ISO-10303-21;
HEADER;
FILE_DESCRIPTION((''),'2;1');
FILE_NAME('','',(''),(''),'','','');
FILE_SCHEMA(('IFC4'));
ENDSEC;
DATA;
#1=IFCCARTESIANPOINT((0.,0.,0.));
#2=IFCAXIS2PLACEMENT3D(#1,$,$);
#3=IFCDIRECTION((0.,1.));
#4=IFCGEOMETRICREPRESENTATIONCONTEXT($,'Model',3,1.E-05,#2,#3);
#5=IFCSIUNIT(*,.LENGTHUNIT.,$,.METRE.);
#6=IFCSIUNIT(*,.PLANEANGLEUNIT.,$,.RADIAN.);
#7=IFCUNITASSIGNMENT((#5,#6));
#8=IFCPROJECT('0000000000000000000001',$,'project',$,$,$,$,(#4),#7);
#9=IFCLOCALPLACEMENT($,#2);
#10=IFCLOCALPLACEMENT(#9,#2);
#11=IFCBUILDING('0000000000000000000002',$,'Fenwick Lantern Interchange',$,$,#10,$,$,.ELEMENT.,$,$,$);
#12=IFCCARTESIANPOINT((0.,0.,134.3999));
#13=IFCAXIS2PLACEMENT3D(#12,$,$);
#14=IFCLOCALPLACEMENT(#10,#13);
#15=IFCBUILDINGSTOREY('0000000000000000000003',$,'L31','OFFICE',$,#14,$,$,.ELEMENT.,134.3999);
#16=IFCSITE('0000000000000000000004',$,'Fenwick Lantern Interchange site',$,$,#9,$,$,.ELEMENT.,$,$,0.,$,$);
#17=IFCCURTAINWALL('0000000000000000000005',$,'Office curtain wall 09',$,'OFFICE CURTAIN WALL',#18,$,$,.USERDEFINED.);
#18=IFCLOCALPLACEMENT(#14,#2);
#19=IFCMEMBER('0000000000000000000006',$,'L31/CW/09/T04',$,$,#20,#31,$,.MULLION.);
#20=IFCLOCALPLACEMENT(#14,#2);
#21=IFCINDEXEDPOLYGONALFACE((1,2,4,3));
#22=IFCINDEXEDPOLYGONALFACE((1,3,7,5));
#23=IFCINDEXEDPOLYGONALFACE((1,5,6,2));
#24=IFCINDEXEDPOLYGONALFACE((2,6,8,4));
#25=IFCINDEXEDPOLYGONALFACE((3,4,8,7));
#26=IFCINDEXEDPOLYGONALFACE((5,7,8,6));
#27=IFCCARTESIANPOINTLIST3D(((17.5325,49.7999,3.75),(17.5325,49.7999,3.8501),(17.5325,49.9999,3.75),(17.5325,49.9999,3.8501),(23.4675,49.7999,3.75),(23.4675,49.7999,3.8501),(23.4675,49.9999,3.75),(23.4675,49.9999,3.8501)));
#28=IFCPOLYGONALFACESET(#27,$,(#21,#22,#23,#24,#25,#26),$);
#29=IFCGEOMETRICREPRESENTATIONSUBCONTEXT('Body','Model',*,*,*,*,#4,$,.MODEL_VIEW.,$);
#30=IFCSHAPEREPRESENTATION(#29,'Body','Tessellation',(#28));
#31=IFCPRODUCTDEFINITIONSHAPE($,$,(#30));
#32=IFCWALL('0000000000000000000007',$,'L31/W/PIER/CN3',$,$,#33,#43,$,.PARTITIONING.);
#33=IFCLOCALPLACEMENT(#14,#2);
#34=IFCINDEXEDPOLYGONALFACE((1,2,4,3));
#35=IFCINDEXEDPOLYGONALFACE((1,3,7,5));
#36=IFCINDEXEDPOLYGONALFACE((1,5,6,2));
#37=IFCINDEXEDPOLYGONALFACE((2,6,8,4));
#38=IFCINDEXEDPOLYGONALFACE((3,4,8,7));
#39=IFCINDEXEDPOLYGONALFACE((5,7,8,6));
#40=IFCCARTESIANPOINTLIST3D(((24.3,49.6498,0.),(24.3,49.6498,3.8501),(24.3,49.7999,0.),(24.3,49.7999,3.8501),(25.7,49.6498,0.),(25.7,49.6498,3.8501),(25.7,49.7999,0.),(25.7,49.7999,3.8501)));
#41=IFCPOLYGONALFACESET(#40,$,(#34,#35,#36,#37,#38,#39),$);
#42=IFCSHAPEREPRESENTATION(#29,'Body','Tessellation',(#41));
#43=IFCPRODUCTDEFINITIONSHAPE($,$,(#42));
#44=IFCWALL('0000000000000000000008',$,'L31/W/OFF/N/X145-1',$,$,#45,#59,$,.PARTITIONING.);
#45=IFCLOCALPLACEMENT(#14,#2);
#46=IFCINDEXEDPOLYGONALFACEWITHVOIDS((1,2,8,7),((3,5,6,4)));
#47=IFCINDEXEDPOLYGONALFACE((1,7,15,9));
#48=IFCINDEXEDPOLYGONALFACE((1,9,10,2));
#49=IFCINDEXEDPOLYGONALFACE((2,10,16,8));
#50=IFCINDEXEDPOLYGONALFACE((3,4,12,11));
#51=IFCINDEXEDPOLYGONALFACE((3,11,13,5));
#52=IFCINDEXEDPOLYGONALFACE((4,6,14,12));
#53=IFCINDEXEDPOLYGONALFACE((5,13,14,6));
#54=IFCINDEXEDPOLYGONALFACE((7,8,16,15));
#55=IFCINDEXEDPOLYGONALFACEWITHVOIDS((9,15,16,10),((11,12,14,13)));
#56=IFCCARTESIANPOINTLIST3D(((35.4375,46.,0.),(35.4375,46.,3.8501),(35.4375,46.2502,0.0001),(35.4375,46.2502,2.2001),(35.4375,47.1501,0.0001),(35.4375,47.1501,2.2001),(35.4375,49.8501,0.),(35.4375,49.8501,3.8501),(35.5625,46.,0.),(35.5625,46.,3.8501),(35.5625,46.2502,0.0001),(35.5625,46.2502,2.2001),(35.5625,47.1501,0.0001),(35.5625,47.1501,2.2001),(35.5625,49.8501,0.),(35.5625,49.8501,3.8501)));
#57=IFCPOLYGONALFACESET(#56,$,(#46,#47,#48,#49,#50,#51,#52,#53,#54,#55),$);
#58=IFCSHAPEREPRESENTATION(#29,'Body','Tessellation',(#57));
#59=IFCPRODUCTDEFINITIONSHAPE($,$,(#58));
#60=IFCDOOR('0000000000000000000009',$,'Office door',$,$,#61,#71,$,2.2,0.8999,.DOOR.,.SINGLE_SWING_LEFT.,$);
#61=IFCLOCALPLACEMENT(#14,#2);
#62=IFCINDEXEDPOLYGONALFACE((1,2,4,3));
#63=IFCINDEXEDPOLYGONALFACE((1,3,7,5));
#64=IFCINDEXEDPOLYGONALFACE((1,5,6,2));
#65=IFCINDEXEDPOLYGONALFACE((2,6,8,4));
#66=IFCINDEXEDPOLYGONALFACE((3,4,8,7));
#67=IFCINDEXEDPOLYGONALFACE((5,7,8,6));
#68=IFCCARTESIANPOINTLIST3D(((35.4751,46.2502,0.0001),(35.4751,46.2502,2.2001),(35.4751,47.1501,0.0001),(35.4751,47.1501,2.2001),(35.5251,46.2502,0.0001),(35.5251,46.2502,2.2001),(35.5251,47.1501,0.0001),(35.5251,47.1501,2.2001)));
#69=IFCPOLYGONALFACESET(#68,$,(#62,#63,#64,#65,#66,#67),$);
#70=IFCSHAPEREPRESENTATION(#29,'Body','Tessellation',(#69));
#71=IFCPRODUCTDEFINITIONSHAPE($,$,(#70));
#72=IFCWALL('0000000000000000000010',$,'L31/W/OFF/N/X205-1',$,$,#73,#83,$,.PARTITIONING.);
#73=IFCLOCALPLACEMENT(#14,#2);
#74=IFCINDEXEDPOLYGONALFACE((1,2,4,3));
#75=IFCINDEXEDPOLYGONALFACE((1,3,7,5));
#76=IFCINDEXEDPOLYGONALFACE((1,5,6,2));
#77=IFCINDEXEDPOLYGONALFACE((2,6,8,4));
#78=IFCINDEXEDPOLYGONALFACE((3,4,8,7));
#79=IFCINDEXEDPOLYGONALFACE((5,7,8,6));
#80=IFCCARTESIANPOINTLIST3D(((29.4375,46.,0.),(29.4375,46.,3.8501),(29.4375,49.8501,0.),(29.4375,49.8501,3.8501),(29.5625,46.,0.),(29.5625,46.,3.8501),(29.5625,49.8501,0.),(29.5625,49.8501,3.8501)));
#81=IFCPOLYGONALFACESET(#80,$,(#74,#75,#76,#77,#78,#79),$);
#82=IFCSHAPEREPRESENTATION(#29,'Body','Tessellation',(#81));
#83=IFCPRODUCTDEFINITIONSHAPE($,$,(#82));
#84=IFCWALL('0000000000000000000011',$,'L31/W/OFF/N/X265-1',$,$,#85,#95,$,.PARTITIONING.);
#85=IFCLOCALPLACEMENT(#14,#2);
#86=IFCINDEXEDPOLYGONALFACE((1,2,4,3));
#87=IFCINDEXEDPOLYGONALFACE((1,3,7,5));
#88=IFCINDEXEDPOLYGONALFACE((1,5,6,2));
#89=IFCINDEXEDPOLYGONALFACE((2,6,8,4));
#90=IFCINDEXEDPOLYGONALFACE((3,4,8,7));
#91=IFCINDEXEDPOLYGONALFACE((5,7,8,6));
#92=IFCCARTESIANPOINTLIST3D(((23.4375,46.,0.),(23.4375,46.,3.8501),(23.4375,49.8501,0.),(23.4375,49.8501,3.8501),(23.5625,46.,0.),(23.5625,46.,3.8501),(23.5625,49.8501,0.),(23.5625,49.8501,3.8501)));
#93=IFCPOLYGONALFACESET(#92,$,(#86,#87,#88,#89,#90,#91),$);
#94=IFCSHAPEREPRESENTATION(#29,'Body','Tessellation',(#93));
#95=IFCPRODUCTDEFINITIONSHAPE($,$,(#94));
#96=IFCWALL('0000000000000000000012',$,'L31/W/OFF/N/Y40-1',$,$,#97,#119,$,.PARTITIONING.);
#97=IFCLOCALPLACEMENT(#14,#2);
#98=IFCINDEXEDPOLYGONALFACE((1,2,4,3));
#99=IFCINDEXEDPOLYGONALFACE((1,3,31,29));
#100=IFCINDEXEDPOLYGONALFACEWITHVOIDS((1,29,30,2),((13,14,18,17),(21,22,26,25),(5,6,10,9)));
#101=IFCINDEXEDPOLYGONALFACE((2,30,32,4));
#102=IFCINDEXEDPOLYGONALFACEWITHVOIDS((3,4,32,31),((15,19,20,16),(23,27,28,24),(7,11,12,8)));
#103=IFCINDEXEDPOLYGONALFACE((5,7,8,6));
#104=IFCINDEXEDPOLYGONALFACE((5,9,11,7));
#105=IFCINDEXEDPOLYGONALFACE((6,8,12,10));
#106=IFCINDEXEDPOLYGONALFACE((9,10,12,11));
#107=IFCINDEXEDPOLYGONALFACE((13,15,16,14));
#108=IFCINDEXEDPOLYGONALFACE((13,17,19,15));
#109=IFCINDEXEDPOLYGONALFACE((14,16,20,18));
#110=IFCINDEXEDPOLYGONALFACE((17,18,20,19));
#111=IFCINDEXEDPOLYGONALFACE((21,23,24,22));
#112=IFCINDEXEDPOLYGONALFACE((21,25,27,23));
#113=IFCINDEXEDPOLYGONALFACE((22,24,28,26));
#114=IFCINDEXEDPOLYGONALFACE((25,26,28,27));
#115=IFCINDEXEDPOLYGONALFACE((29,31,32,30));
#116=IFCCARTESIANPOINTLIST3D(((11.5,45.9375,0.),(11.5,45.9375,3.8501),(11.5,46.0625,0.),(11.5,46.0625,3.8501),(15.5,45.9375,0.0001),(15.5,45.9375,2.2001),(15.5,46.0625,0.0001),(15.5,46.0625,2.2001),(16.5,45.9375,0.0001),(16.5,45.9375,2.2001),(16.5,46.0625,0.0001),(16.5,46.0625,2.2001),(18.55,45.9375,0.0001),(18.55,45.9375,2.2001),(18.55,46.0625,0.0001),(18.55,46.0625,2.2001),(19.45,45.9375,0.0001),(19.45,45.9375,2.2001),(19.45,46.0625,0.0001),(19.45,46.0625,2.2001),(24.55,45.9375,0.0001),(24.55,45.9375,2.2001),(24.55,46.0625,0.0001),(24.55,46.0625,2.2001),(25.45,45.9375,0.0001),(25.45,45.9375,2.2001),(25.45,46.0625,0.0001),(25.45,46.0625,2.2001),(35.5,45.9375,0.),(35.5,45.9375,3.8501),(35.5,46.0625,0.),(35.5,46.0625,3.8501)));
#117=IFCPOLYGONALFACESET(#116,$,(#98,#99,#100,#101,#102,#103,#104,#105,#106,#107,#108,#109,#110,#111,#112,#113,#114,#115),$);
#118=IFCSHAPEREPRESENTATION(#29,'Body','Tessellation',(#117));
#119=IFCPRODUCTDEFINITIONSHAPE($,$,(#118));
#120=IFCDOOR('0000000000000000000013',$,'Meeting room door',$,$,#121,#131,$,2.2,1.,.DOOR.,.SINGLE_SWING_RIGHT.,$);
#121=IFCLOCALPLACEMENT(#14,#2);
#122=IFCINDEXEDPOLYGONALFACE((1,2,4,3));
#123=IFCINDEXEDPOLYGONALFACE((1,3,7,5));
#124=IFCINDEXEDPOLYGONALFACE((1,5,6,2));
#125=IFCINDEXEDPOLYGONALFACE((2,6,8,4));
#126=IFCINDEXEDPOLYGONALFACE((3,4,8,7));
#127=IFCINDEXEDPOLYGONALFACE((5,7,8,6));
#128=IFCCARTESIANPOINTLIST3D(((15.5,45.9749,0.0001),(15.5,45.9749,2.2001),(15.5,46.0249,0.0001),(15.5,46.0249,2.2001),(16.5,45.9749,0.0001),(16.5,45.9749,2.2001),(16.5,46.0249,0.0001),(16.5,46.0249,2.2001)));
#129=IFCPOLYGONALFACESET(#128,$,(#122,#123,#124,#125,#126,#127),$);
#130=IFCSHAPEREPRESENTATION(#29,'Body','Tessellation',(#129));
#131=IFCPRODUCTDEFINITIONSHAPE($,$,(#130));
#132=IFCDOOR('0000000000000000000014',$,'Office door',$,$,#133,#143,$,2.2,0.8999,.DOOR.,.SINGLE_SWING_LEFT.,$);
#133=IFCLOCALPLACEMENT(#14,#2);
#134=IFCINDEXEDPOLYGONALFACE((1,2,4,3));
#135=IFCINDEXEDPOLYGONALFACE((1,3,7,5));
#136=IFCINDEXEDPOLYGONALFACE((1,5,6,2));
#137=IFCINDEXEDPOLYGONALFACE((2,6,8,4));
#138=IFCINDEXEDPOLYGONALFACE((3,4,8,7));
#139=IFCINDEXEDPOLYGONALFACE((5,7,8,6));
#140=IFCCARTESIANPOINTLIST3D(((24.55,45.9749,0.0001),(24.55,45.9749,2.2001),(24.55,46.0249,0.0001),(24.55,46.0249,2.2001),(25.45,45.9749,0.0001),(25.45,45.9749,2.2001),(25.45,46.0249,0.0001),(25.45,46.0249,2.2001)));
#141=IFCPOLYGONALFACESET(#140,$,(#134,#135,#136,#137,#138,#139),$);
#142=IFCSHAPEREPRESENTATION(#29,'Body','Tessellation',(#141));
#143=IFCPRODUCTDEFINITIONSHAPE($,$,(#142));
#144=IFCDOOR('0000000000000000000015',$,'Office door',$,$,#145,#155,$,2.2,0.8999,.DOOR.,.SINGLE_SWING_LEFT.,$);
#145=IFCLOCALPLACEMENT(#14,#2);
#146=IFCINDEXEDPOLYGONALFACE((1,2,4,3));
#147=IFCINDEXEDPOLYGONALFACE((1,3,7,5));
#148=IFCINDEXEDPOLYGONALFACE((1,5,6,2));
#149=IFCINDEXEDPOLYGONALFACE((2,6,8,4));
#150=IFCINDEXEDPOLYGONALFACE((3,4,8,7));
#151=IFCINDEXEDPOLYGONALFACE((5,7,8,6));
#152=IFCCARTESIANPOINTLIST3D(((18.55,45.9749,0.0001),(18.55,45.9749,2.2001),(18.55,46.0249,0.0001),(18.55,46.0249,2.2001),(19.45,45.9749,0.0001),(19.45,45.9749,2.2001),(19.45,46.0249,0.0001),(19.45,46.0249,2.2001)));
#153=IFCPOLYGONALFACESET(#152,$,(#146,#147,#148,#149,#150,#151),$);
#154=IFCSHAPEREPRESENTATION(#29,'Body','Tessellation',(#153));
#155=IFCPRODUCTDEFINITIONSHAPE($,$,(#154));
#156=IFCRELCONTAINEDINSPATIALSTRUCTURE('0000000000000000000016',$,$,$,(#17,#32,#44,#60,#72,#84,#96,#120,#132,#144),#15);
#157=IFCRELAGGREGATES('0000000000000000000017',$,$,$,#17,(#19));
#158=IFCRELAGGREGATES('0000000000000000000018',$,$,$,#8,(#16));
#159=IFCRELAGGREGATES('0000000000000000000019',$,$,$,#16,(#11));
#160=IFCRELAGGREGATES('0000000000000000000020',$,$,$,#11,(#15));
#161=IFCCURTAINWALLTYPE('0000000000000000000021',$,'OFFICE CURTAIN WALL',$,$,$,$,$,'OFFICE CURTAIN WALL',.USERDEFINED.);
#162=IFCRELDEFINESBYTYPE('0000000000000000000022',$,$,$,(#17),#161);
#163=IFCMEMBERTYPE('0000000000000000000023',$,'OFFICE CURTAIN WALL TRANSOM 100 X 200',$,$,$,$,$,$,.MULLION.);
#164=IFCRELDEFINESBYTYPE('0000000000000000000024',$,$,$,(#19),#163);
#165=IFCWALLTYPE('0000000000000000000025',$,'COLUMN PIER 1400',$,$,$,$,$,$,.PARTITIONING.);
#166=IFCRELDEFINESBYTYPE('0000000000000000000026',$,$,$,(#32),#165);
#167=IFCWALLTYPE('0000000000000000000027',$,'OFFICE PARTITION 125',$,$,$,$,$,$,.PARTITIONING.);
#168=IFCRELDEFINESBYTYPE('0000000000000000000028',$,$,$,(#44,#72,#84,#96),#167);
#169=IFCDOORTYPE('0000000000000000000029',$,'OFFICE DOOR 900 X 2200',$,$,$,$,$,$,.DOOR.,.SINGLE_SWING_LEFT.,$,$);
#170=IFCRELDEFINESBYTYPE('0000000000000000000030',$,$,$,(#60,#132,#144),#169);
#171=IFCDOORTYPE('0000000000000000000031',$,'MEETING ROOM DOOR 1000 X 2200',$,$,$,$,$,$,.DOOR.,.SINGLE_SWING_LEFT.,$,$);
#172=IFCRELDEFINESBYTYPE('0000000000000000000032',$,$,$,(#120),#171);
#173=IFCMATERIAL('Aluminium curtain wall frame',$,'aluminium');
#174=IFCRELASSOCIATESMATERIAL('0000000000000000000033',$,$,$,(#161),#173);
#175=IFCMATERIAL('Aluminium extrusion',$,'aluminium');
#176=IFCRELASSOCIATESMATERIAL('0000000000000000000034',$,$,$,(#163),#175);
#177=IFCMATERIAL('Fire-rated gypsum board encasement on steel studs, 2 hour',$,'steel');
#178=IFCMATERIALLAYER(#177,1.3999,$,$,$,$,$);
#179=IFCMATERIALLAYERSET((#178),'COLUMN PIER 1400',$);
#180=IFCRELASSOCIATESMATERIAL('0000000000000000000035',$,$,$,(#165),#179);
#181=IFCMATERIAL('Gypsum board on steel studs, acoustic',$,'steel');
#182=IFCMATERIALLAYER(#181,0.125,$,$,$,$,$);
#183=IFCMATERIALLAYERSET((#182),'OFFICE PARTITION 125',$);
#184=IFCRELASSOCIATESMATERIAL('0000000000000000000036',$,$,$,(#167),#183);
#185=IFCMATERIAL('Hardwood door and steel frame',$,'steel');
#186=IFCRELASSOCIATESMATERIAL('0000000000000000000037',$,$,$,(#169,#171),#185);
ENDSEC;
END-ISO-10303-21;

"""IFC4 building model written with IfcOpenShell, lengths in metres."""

from ifc_helpers import new_model, si_unit, direction, frame, frame_2d, origin, origin_2d, place, context, subcontext, project, spatial, rectangle, extrude, material, layer, layer_set, material_profile, profile_set, type_object, element, fill, aggregate, save


model = new_model("IFC4")

# Units and contexts
model_context = context("Model", 3, precision=1e-05, world=origin(), true_north=direction((0.0, 1.0)))
body_context = subcontext(model_context, "Body", "Model", "MODEL_VIEW")
ifc_project = project(units=[si_unit("LENGTHUNIT", "METRE"), si_unit("PLANEANGLEUNIT", "RADIAN")], contexts=[model_context])

# Site, building, storey
site_placement = place(None, origin())
site = spatial("IfcSite", under=ifc_project, at=site_placement, Name="Fenwick Lantern Interchange site", CompositionType="ELEMENT", RefElevation=0.0)
building_placement = place(site_placement, origin())
building = spatial("IfcBuilding", under=site, at=building_placement, Name="Fenwick Lantern Interchange", CompositionType="ELEMENT")
storey_placement = place(building_placement, frame((0.0, 0.0, 134.3999)))
storey = spatial("IfcBuildingStorey", under=building, at=storey_placement, Name="L31", Description="OFFICE", CompositionType="ELEMENT", Elevation=134.3999)

# Curtain wall, member
ifc_material_1 = material(Name="Aluminium curtain wall frame", Category="aluminium")
curtain_wall_type = type_object("IfcCurtainWallType", Name="OFFICE CURTAIN WALL", ElementType="OFFICE CURTAIN WALL", PredefinedType="USERDEFINED", material=ifc_material_1)
curtain_wall_placement = place(storey_placement, origin())
curtain_wall = element("IfcCurtainWall", 1, at=curtain_wall_placement, inside=storey, type_object=curtain_wall_type, Name="Office curtain wall 09", ObjectType="OFFICE CURTAIN WALL", PredefinedType="USERDEFINED")
ifc_material_2 = material(Name="Aluminium extrusion", Category="aluminium")
ifc_material_profile_1 = material_profile(ifc_material_2, rectangle(XDim=0.2, YDim=0.1001, at=origin_2d()), Name="OFFICE CURTAIN WALL TRANSOM 100 X 200")
ifc_profile_set_1 = profile_set([ifc_material_profile_1], Name="Aluminium extrusion")
member_type_1 = type_object("IfcMemberType", Name="OFFICE CURTAIN WALL TRANSOM 100 X 200", PredefinedType="MULLION", material=ifc_profile_set_1)
member_1_placement = place(storey_placement, frame((23.4675, 49.8999, 3.8), z_axis=(-1.0, 0.0, 0.0), x_axis=(0.0, -1.0, 0.0)))
member_1 = element("IfcMember", 2, at=member_1_placement, type_object=member_type_1, Name="L31/CW/09/T04", PredefinedType="MULLION", context=body_context, shape_type="SweptSolid", body=[
    extrude(rectangle(XDim=0.2, YDim=0.1001, at=origin_2d()), origin(), (0.0, 0.0, 1.0), 5.9351),
])
aggregate(curtain_wall, [member_1])

# Wall
ifc_material_3 = material(Name="Fire-rated gypsum board encasement on steel studs, 2 hour", Category="steel")
ifc_layer_1 = layer(ifc_material_3, 1.3999)
ifc_layer_set_1 = layer_set([ifc_layer_1], Name="COLUMN PIER 1400")
wall_type_1 = type_object("IfcWallType", Name="COLUMN PIER 1400", PredefinedType="PARTITIONING", material=ifc_layer_set_1)
wall_1_placement = place(storey_placement, frame((25.0, 49.8, 0.0), z_axis=(0.0, 0.0, 1.0), x_axis=(0.0, -1.0, 0.0)))
element("IfcWall", 3, at=wall_1_placement, inside=storey, type_object=wall_type_1, Name="L31/W/PIER/CN3", PredefinedType="PARTITIONING", context=body_context, shape_type="SweptSolid", body=[
    extrude(rectangle(XDim=0.1501, YDim=1.3999, at=frame_2d((0.0752, 0.0))), origin(), (0.0, 0.0, 1.0), 3.8501),
])

# Wall, opening, door
ifc_material_4 = material(Name="Gypsum board on steel studs, acoustic", Category="steel")
ifc_layer_2 = layer(ifc_material_4, 0.125)
ifc_layer_set_2 = layer_set([ifc_layer_2], Name="OFFICE PARTITION 125")
wall_type_2 = type_object("IfcWallType", Name="OFFICE PARTITION 125", PredefinedType="PARTITIONING", material=ifc_layer_set_2)
wall_2_placement = place(storey_placement, frame((35.5, 49.8501, 0.0), z_axis=(0.0, 0.0, 1.0), x_axis=(0.0, -1.0, 0.0)))
wall_2 = element("IfcWall", 4, at=wall_2_placement, inside=storey, type_object=wall_type_2, Name="L31/W/OFF/N/X145-1", PredefinedType="PARTITIONING", context=body_context, shape_type="SweptSolid", body=[
    extrude(rectangle(XDim=3.8501, YDim=0.125, at=frame_2d((1.925, 0.0))), origin(), (0.0, 0.0, 1.0), 3.8501),
])
opening_1_placement = place(wall_2_placement, frame((2.7, 0.0, 0.0)))
opening_1 = element("IfcOpeningElement", 5, at=opening_1_placement, cuts=wall_2, PredefinedType="OPENING", context=body_context, shape_type="SweptSolid", body=[
    extrude(rectangle(XDim=0.8999, YDim=2.2, at=frame_2d((0.45, 1.1001))), frame((0.0, 0.0725, 0.0), z_axis=(0.0, -1.0, 0.0), x_axis=(1.0, 0.0, 0.0)), (0.0, 0.0, 1.0), 0.145),
])
ifc_material_5 = material(Name="Hardwood door and steel frame", Category="steel")
door_type_1 = type_object("IfcDoorType", Name="OFFICE DOOR 900 X 2200", OperationType="SINGLE_SWING_LEFT", PredefinedType="DOOR", material=ifc_material_5)
door_1_placement = place(opening_1_placement, frame((0.8999, 0.0, 0.0), z_axis=(0.0, 0.0, 1.0), x_axis=(-1.0, 0.0, 0.0)))
door_1 = element("IfcDoor", 6, at=door_1_placement, inside=storey, type_object=door_type_1, Name="Office door", OperationType="SINGLE_SWING_LEFT", OverallHeight=2.2, OverallWidth=0.8999, PredefinedType="DOOR", context=body_context, shape_type="SweptSolid", body=[
    extrude(rectangle(XDim=0.8999, YDim=2.2, at=frame_2d((0.45, 1.1001))), frame((0.0, 0.0249, 0.0), z_axis=(0.0, -1.0, 0.0), x_axis=(1.0, 0.0, 0.0)), (0.0, 0.0, 1.0), 0.05),
])
fill(opening_1, door_1)

# Walls
for number, where, z_axis, x_axis, name in (
    (7, (29.5, 49.8501, 0.0), (0.0, 0.0, 1.0), (0.0, -1.0, 0.0), "L31/W/OFF/N/X205-1"),
    (8, (23.5, 49.8501, 0.0), (0.0, 0.0, 1.0), (0.0, -1.0, 0.0), "L31/W/OFF/N/X265-1"),
):
    element("IfcWall", number, at=place(storey_placement, frame(where, z_axis=z_axis, x_axis=x_axis)), inside=storey, type_object=wall_type_2, Name=name, PredefinedType="PARTITIONING", context=body_context, shape_type="SweptSolid", body=[
        extrude(rectangle(XDim=3.8501, YDim=0.125, at=frame_2d((1.925, 0.0))), origin(), (0.0, 0.0, 1.0), 3.8501),
    ])

# Wall, openings, doors
wall_3_placement = place(storey_placement, frame((35.5, 46.0, 0.0), z_axis=(0.0, 0.0, 1.0), x_axis=(-1.0, 0.0, 0.0)))
wall_3 = element("IfcWall", 9, at=wall_3_placement, inside=storey, type_object=wall_type_2, Name="L31/W/OFF/N/Y40-1", PredefinedType="PARTITIONING", context=body_context, shape_type="SweptSolid", body=[
    extrude(rectangle(XDim=24.0, YDim=0.125, at=frame_2d((12.0, 0.0))), origin(), (0.0, 0.0, 1.0), 3.8501),
])
opening_2_placement = place(wall_3_placement, frame((10.05, 0.0, 0.0)))
opening_2 = element("IfcOpeningElement", 10, at=opening_2_placement, cuts=wall_3, PredefinedType="OPENING", context=body_context, shape_type="SweptSolid", body=[
    extrude(rectangle(XDim=0.8999, YDim=2.2, at=frame_2d((0.45, 1.1001))), frame((0.0, 0.0725, 0.0), z_axis=(0.0, -1.0, 0.0), x_axis=(1.0, 0.0, 0.0)), (0.0, 0.0, 1.0), 0.145),
])
opening_3_placement = place(wall_3_placement, frame((16.05, 0.0, 0.0)))
opening_3 = element("IfcOpeningElement", 11, at=opening_3_placement, cuts=wall_3, PredefinedType="OPENING", context=body_context, shape_type="SweptSolid", body=[
    extrude(rectangle(XDim=0.8999, YDim=2.2, at=frame_2d((0.45, 1.1001))), frame((0.0, 0.0725, 0.0), z_axis=(0.0, -1.0, 0.0), x_axis=(1.0, 0.0, 0.0)), (0.0, 0.0, 1.0), 0.145),
])
opening_4_placement = place(wall_3_placement, frame((19.0, 0.0, 0.0)))
opening_4 = element("IfcOpeningElement", 12, at=opening_4_placement, cuts=wall_3, PredefinedType="OPENING", context=body_context, shape_type="SweptSolid", body=[
    extrude(rectangle(XDim=1.0, YDim=2.2, at=frame_2d((0.5, 1.1001))), frame((0.0, 0.0725, 0.0), z_axis=(0.0, -1.0, 0.0), x_axis=(1.0, 0.0, 0.0)), (0.0, 0.0, 1.0), 0.145),
])
door_type_2 = type_object("IfcDoorType", Name="MEETING ROOM DOOR 1000 X 2200", OperationType="SINGLE_SWING_LEFT", PredefinedType="DOOR", material=ifc_material_5)
door_2_placement = place(opening_4_placement, frame((1.0, 0.0, 0.0), z_axis=(0.0, 0.0, 1.0), x_axis=(-1.0, 0.0, 0.0)))
door_2 = element("IfcDoor", 13, at=door_2_placement, inside=storey, type_object=door_type_2, Name="Meeting room door", OperationType="SINGLE_SWING_RIGHT", OverallHeight=2.2, OverallWidth=1.0, PredefinedType="DOOR", context=body_context, shape_type="SweptSolid", body=[
    extrude(rectangle(XDim=1.0, YDim=2.2, at=frame_2d((0.5, 1.1001))), frame((0.0, 0.0249, 0.0), z_axis=(0.0, -1.0, 0.0), x_axis=(1.0, 0.0, 0.0)), (0.0, 0.0, 1.0), 0.05),
])
fill(opening_4, door_2)
door_3_placement = place(opening_2_placement, frame((0.8999, 0.0, 0.0), z_axis=(0.0, 0.0, 1.0), x_axis=(-1.0, 0.0, 0.0)))
door_3 = element("IfcDoor", 14, at=door_3_placement, inside=storey, type_object=door_type_1, Name="Office door", OperationType="SINGLE_SWING_LEFT", OverallHeight=2.2, OverallWidth=0.8999, PredefinedType="DOOR", context=body_context, shape_type="SweptSolid", body=[
    extrude(rectangle(XDim=0.8999, YDim=2.2, at=frame_2d((0.45, 1.1001))), frame((0.0, 0.0249, 0.0), z_axis=(0.0, -1.0, 0.0), x_axis=(1.0, 0.0, 0.0)), (0.0, 0.0, 1.0), 0.05),
])
fill(opening_2, door_3)
door_4_placement = place(opening_3_placement, frame((0.8999, 0.0, 0.0), z_axis=(0.0, 0.0, 1.0), x_axis=(-1.0, 0.0, 0.0)))
door_4 = element("IfcDoor", 15, at=door_4_placement, inside=storey, type_object=door_type_1, Name="Office door", OperationType="SINGLE_SWING_LEFT", OverallHeight=2.2, OverallWidth=0.8999, PredefinedType="DOOR", context=body_context, shape_type="SweptSolid", body=[
    extrude(rectangle(XDim=0.8999, YDim=2.2, at=frame_2d((0.45, 1.1001))), frame((0.0, 0.0249, 0.0), z_axis=(0.0, -1.0, 0.0), x_axis=(1.0, 0.0, 0.0)), (0.0, 0.0, 1.0), 0.05),
])
fill(opening_3, door_4)

save(model, "model.ifc")
